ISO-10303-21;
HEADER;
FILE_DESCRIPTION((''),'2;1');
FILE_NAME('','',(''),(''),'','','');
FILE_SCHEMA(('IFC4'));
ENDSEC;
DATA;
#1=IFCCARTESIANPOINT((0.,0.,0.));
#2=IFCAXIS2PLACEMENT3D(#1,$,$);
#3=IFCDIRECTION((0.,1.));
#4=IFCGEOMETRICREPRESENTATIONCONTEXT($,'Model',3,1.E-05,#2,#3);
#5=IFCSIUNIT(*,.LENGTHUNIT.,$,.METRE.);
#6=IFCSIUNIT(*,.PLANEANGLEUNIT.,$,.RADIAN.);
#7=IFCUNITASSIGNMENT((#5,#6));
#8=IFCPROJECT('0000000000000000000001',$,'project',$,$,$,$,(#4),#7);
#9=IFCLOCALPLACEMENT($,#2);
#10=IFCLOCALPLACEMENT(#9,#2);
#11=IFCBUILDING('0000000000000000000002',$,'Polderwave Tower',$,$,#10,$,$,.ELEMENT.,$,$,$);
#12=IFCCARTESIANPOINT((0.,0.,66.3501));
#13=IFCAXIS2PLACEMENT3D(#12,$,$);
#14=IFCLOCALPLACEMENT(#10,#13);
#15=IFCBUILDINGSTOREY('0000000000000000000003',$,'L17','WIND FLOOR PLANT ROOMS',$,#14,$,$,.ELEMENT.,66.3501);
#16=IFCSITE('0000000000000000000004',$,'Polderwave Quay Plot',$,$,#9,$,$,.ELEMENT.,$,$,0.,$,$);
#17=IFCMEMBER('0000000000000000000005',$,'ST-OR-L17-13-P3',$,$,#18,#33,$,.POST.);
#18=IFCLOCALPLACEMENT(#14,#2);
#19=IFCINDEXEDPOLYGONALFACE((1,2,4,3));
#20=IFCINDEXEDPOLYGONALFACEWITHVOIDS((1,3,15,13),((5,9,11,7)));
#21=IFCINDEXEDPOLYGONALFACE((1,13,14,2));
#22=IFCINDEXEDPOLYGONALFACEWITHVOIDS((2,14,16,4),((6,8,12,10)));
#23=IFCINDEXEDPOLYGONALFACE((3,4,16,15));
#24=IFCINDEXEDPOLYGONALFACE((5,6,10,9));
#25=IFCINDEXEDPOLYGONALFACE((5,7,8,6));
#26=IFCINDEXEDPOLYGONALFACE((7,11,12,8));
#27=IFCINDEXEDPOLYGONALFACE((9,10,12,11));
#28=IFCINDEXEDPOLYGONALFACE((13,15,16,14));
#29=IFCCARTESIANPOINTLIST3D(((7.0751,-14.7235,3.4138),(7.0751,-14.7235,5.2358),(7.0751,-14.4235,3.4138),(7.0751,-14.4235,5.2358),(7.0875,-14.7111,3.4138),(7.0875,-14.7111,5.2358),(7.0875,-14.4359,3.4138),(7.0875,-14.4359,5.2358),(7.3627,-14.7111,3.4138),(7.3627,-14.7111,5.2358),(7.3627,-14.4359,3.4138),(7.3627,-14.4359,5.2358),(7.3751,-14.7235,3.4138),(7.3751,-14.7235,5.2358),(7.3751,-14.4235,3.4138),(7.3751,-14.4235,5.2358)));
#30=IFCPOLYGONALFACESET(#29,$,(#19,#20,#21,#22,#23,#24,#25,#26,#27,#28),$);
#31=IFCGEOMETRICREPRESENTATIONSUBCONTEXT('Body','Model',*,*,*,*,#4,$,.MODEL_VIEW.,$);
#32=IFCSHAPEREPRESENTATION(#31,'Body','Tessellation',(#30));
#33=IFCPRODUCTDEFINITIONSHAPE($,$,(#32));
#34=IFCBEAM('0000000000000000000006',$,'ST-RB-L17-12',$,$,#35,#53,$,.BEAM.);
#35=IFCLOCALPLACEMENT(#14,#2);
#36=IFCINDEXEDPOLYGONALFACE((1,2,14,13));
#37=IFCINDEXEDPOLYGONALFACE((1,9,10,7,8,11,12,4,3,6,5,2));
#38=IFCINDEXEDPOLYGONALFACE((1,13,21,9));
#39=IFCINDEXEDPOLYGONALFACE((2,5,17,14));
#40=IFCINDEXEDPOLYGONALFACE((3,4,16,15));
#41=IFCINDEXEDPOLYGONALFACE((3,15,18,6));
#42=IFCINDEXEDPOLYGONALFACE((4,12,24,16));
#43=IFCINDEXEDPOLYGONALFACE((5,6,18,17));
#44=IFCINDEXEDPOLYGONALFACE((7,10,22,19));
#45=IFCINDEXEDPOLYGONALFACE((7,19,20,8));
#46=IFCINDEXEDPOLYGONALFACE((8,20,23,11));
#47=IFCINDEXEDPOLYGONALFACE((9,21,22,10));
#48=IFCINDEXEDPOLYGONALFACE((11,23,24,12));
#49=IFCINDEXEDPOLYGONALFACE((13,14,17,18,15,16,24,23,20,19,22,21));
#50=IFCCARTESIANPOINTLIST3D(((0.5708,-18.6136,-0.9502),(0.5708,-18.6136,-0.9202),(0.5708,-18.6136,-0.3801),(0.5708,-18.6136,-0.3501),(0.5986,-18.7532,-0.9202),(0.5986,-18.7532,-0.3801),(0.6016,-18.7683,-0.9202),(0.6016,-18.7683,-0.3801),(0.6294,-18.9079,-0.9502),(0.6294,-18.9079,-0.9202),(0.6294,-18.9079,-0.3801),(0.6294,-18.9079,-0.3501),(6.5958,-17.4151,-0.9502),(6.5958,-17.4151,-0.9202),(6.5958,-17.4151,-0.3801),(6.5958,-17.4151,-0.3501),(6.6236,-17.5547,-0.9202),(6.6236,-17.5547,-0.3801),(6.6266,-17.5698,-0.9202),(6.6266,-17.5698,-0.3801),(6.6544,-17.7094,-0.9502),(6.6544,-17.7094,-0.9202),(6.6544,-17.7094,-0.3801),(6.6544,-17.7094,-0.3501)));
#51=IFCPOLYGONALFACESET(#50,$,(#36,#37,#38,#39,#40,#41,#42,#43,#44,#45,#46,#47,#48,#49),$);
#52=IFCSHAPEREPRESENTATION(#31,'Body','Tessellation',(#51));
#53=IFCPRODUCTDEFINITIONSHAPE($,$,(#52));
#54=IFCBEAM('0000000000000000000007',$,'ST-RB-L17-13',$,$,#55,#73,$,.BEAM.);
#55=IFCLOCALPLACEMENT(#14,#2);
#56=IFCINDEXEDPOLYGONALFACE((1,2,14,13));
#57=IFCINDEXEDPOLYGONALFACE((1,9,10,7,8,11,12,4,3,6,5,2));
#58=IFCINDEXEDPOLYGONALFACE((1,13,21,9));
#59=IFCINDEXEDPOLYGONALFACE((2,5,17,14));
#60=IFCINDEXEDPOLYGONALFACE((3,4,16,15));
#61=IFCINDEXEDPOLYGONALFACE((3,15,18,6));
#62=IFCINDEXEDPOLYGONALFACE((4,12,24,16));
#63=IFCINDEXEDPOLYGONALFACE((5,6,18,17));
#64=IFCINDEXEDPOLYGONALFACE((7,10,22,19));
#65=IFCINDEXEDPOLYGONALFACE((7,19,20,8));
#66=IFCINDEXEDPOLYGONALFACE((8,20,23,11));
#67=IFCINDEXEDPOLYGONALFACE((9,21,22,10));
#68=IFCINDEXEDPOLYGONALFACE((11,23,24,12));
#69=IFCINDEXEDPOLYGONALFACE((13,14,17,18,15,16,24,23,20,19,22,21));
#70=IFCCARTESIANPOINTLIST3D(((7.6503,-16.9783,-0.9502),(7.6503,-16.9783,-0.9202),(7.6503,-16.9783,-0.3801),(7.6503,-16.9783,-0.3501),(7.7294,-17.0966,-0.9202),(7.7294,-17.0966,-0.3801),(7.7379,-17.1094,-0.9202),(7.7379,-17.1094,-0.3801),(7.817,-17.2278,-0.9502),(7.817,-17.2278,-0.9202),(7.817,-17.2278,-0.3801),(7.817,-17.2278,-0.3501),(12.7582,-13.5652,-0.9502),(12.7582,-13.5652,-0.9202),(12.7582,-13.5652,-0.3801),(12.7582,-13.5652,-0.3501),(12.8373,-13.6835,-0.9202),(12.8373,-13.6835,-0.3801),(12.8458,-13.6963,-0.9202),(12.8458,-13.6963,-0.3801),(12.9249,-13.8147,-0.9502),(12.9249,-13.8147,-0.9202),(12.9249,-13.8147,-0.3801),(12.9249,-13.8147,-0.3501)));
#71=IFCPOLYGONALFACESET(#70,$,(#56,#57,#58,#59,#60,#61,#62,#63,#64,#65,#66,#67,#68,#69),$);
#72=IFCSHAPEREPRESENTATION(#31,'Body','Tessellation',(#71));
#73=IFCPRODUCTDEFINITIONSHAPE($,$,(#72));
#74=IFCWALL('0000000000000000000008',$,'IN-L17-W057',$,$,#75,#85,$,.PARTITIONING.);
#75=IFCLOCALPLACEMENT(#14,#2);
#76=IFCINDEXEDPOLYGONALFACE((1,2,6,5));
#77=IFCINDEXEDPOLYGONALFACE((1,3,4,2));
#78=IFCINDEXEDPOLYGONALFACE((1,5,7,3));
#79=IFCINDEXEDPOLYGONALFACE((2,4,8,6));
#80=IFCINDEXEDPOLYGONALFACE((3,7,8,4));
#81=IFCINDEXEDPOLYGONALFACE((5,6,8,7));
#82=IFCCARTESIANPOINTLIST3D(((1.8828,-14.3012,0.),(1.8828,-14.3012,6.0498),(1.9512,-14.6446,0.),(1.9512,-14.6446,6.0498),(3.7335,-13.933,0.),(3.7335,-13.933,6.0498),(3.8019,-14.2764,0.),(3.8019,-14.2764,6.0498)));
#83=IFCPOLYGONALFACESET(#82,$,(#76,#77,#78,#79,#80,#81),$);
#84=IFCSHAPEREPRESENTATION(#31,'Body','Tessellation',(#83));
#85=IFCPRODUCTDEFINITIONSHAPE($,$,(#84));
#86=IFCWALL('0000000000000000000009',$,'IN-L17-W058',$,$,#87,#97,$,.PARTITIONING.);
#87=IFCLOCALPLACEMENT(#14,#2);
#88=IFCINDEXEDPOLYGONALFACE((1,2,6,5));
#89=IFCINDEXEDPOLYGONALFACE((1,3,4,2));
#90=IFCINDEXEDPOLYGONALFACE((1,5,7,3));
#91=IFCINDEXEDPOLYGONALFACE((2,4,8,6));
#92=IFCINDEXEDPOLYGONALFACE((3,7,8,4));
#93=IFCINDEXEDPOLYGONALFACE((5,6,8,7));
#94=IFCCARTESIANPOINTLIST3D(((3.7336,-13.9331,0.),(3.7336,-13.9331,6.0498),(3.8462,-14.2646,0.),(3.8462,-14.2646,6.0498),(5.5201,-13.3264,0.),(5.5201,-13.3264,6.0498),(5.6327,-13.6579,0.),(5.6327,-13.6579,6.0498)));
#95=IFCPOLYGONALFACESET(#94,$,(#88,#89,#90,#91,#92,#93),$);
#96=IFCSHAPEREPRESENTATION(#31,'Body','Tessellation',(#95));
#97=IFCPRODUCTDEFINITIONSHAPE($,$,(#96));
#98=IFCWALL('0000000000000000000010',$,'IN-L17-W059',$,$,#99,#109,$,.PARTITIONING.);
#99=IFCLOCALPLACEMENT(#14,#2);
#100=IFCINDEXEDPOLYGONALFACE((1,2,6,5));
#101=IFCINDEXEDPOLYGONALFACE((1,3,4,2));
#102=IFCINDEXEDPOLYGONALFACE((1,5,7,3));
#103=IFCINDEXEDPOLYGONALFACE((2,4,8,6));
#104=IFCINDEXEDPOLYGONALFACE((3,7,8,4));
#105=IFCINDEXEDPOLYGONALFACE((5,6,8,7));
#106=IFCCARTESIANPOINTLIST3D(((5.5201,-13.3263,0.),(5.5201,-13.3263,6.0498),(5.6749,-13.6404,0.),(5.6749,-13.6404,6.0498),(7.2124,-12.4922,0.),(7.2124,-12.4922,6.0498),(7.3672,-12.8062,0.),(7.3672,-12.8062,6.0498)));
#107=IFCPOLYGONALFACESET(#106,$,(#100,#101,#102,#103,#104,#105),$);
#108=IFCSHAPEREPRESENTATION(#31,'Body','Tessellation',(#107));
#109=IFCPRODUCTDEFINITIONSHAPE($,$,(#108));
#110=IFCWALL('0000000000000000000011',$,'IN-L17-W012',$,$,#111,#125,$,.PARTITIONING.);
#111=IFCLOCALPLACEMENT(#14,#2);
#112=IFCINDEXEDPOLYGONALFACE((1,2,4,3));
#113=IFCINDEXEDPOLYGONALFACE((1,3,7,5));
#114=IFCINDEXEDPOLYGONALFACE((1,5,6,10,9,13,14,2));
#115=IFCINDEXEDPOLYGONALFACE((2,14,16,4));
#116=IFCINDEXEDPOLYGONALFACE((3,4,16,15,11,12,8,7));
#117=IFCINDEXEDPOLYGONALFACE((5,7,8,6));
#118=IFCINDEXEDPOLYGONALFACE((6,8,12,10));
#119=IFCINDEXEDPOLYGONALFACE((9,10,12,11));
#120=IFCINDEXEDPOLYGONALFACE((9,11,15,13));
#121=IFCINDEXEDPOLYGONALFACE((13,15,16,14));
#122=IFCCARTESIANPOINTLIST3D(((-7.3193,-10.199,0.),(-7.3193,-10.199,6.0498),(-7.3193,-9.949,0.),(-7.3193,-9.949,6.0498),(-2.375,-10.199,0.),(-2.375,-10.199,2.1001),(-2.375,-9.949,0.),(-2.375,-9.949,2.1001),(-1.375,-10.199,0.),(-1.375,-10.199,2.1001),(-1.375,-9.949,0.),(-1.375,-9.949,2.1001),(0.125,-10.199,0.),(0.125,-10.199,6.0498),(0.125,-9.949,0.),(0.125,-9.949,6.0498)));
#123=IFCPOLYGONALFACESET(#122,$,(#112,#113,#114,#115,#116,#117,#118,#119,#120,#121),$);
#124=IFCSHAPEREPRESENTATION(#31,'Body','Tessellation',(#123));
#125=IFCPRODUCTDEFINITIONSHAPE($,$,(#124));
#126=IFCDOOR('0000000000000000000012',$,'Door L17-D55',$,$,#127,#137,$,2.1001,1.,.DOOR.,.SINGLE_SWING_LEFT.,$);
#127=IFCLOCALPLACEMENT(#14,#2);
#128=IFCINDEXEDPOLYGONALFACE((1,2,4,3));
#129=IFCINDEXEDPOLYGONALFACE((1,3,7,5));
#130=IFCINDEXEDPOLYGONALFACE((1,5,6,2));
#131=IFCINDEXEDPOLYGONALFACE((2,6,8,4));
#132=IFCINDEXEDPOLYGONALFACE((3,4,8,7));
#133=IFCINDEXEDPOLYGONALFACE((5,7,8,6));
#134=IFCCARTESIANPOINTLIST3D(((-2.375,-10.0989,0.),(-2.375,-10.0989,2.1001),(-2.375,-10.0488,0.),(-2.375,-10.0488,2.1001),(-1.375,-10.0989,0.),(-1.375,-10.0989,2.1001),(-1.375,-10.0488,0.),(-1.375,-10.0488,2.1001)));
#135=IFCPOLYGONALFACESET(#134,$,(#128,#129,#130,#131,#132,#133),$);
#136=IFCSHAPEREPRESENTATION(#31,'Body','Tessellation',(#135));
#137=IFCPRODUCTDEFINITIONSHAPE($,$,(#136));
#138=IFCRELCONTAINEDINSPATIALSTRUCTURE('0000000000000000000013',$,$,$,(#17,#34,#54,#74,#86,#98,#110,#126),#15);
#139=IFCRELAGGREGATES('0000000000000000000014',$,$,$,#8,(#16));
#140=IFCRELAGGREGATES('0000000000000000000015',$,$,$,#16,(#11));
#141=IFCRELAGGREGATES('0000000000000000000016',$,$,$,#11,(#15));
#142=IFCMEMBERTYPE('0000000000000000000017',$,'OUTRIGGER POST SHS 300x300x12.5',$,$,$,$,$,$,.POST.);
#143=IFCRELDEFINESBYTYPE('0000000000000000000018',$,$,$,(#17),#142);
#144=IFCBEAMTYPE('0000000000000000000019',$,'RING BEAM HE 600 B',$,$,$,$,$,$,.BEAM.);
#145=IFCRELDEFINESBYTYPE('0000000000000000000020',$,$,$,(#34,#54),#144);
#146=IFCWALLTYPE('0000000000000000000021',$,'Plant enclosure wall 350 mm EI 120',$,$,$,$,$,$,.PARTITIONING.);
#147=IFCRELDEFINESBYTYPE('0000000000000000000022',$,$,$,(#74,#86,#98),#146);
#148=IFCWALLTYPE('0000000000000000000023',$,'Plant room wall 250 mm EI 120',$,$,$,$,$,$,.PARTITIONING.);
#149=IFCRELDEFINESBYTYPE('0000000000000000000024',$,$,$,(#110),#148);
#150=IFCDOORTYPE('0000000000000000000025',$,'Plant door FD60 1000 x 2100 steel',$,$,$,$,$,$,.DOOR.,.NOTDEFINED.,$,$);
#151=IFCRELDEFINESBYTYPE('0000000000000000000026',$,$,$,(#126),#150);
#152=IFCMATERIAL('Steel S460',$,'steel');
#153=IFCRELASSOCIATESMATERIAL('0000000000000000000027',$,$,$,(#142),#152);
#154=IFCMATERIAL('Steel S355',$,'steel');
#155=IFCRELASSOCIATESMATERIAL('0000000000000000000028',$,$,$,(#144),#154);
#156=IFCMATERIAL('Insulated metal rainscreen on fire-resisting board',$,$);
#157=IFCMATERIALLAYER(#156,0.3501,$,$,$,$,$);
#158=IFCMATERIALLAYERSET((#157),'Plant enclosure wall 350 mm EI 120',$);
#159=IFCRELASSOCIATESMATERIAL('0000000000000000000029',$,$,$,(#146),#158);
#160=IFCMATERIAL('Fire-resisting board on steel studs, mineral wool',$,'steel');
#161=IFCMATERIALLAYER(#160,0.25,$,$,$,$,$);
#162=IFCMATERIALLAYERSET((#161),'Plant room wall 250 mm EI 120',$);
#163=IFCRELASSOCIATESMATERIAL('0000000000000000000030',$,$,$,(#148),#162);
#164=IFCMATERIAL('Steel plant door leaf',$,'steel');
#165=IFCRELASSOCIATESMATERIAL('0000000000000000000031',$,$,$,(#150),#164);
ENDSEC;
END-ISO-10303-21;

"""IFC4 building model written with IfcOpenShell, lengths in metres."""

from ifc_helpers import new_model, si_unit, direction, frame, frame_2d, origin, origin_2d, place, context, subcontext, project, spatial, rectangle, hollow_rectangle, i_section, extrude, material, layer, layer_set, material_profile, profile_set, type_object, element, fill, save


model = new_model("IFC4")

# Units and contexts
model_context = context("Model", 3, precision=1e-05, world=origin(), true_north=direction((0.0, 1.0)))
body_context = subcontext(model_context, "Body", "Model", "MODEL_VIEW")
ifc_project = project(units=[si_unit("LENGTHUNIT", "METRE"), si_unit("PLANEANGLEUNIT", "RADIAN")], contexts=[model_context])

# Site, building, storey
site_placement = place(None, origin())
site = spatial("IfcSite", under=ifc_project, at=site_placement, Name="Polderwave Quay Plot", CompositionType="ELEMENT", RefElevation=0.0)
building_placement = place(site_placement, origin())
building = spatial("IfcBuilding", under=site, at=building_placement, Name="Polderwave Tower", CompositionType="ELEMENT")
storey_placement = place(building_placement, frame((0.0, 0.0, 66.3501)))
storey = spatial("IfcBuildingStorey", under=building, at=storey_placement, Name="L17", Description="WIND FLOOR PLANT ROOMS", CompositionType="ELEMENT", Elevation=66.3501)

# Member
ifc_material_1 = material(Name="Steel S460", Category="steel")
ifc_material_profile_1 = material_profile(ifc_material_1, hollow_rectangle(XDim=0.3, YDim=0.3, WallThickness=0.0125, at=origin_2d()), Name="SHS 300x300x12.5")
ifc_profile_set_1 = profile_set([ifc_material_profile_1], Name="Steel S460")
member_type_1 = type_object("IfcMemberType", Name="OUTRIGGER POST SHS 300x300x12.5", PredefinedType="POST", material=ifc_profile_set_1)
for number, where, z_axis, x_axis, name in (
    (1, (7.2251, -14.5735, 3.4138), (0.0, 0.0, 1.0), (1.0, 0.0, 0.0), "ST-OR-L17-13-P3"),
):
    element("IfcMember", number, at=place(storey_placement, frame(where, z_axis=z_axis, x_axis=x_axis)), inside=storey, type_object=member_type_1, Name=name, PredefinedType="POST", context=body_context, shape_type="SweptSolid", body=[
        extrude(hollow_rectangle(XDim=0.3, YDim=0.3, WallThickness=0.0125, at=origin_2d()), origin(), (0.0, 0.0, 1.0), 1.822),
    ])

# Beams
ifc_material_2 = material(Name="Steel S355", Category="steel")
ifc_material_profile_2 = material_profile(ifc_material_2, i_section(OverallWidth=0.3, OverallDepth=0.6001, WebThickness=0.0154, FlangeThickness=0.03, at=origin_2d()), Name="HE 600 B")
ifc_profile_set_2 = profile_set([ifc_material_profile_2], Name="Steel S355")
beam_type = type_object("IfcBeamType", Name="RING BEAM HE 600 B", PredefinedType="BEAM", material=ifc_profile_set_2)
beam_1_placement = place(storey_placement, frame((0.6001, -18.7607, -0.6501), z_axis=(0.980783, 0.1951, 0.0), x_axis=(-0.1951, 0.980783, 0.0)))
element("IfcBeam", 2, at=beam_1_placement, inside=storey, type_object=beam_type, Name="ST-RB-L17-12", PredefinedType="BEAM", context=body_context, shape_type="SweptSolid", body=[
    extrude(i_section(OverallWidth=0.3, OverallDepth=0.6001, WebThickness=0.0154, FlangeThickness=0.03, at=origin_2d()), origin(), (0.0, 0.0, 1.0), 6.1431),
])
beam_2_placement = place(storey_placement, frame((7.7336, -17.103, -0.6501), z_axis=(0.831463, 0.55558, 0.0), x_axis=(-0.55558, 0.831463, 0.0)))
element("IfcBeam", 3, at=beam_2_placement, inside=storey, type_object=beam_type, Name="ST-RB-L17-13", PredefinedType="BEAM", context=body_context, shape_type="SweptSolid", body=[
    extrude(i_section(OverallWidth=0.3, OverallDepth=0.6001, WebThickness=0.0154, FlangeThickness=0.03, at=origin_2d()), origin(), (0.0, 0.0, 1.0), 6.1433),
])

# Walls
ifc_material_3 = material(Name="Insulated metal rainscreen on fire-resisting board")
ifc_layer_1 = layer(ifc_material_3, 0.3501)
ifc_layer_set_1 = layer_set([ifc_layer_1], Name="Plant enclosure wall 350 mm EI 120")
wall_type_1 = type_object("IfcWallType", Name="Plant enclosure wall 350 mm EI 120", PredefinedType="PARTITIONING", material=ifc_layer_set_1)
wall_1_placement = place(storey_placement, frame((3.7676, -14.1047, 0.0), z_axis=(0.0, 0.0, 1.0), x_axis=(-0.980779, -0.195121, 0.0)))
element("IfcWall", 4, at=wall_1_placement, inside=storey, type_object=wall_type_1, Name="IN-L17-W057", PredefinedType="PARTITIONING", context=body_context, shape_type="SweptSolid", body=[
    extrude(rectangle(XDim=1.887, YDim=0.3501, at=frame_2d((0.9434, 0.0))), origin(), (0.0, 0.0, 1.0), 6.0498),
])
for number, where, z_axis, x_axis, name in (
    (5, (5.5764, -13.4922, 0.0), (0.0, 0.0, 1.0), (-0.946896, -0.321541, 0.0), "IN-L17-W058"),
    (6, (7.2898, -12.6492, 0.0), (0.0, 0.0, 1.0), (-0.896949, -0.442134, 0.0), "IN-L17-W059"),
):
    element("IfcWall", number, at=place(storey_placement, frame(where, z_axis=z_axis, x_axis=x_axis)), inside=storey, type_object=wall_type_1, Name=name, PredefinedType="PARTITIONING", context=body_context, shape_type="SweptSolid", body=[
        extrude(rectangle(XDim=1.8867, YDim=0.3501, at=frame_2d((0.9434, 0.0))), origin(), (0.0, 0.0, 1.0), 6.0498),
    ])

# Wall, opening, door
ifc_material_4 = material(Name="Fire-resisting board on steel studs, mineral wool", Category="steel")
ifc_layer_2 = layer(ifc_material_4, 0.25)
ifc_layer_set_2 = layer_set([ifc_layer_2], Name="Plant room wall 250 mm EI 120")
wall_type_2 = type_object("IfcWallType", Name="Plant room wall 250 mm EI 120", PredefinedType="PARTITIONING", material=ifc_layer_set_2)
wall_2_placement = place(storey_placement, frame((0.125, -10.074, 0.0), z_axis=(0.0, 0.0, 1.0), x_axis=(-1.0, 0.0, 0.0)))
wall_2 = element("IfcWall", 7, at=wall_2_placement, inside=storey, type_object=wall_type_2, Name="IN-L17-W012", PredefinedType="PARTITIONING", context=body_context, shape_type="SweptSolid", body=[
    extrude(rectangle(XDim=7.4443, YDim=0.25, at=frame_2d((3.7222, 0.0))), origin(), (0.0, 0.0, 1.0), 6.0498),
])
opening_placement = place(wall_2_placement, frame((1.5, 0.0, 0.0)))
opening = element("IfcOpeningElement", 8, at=opening_placement, cuts=wall_2, PredefinedType="OPENING", context=body_context, shape_type="SweptSolid", body=[
    extrude(rectangle(XDim=1.0, YDim=2.1001, at=frame_2d((0.5, 1.05))), frame((0.0, 0.135, 0.0), z_axis=(0.0, -1.0, 0.0), x_axis=(1.0, 0.0, 0.0)), (0.0, 0.0, 1.0), 0.27),
])
ifc_material_5 = material(Name="Steel plant door leaf", Category="steel")
door_type = type_object("IfcDoorType", Name="Plant door FD60 1000 x 2100 steel", OperationType="NOTDEFINED", PredefinedType="DOOR", material=ifc_material_5)
door_placement = place(opening_placement, origin())
door = element("IfcDoor", 9, at=door_placement, inside=storey, type_object=door_type, Name="Door L17-D55", OperationType="SINGLE_SWING_LEFT", OverallHeight=2.1001, OverallWidth=1.0, PredefinedType="DOOR", context=body_context, shape_type="SweptSolid", body=[
    extrude(rectangle(XDim=1.0, YDim=2.1001, at=frame_2d((0.5, 1.05))), frame((0.0, 0.0249, 0.0), z_axis=(0.0, -1.0, 0.0), x_axis=(1.0, 0.0, 0.0)), (0.0, 0.0, 1.0), 0.05),
])
fill(opening, door)

save(model, "model.ifc")
